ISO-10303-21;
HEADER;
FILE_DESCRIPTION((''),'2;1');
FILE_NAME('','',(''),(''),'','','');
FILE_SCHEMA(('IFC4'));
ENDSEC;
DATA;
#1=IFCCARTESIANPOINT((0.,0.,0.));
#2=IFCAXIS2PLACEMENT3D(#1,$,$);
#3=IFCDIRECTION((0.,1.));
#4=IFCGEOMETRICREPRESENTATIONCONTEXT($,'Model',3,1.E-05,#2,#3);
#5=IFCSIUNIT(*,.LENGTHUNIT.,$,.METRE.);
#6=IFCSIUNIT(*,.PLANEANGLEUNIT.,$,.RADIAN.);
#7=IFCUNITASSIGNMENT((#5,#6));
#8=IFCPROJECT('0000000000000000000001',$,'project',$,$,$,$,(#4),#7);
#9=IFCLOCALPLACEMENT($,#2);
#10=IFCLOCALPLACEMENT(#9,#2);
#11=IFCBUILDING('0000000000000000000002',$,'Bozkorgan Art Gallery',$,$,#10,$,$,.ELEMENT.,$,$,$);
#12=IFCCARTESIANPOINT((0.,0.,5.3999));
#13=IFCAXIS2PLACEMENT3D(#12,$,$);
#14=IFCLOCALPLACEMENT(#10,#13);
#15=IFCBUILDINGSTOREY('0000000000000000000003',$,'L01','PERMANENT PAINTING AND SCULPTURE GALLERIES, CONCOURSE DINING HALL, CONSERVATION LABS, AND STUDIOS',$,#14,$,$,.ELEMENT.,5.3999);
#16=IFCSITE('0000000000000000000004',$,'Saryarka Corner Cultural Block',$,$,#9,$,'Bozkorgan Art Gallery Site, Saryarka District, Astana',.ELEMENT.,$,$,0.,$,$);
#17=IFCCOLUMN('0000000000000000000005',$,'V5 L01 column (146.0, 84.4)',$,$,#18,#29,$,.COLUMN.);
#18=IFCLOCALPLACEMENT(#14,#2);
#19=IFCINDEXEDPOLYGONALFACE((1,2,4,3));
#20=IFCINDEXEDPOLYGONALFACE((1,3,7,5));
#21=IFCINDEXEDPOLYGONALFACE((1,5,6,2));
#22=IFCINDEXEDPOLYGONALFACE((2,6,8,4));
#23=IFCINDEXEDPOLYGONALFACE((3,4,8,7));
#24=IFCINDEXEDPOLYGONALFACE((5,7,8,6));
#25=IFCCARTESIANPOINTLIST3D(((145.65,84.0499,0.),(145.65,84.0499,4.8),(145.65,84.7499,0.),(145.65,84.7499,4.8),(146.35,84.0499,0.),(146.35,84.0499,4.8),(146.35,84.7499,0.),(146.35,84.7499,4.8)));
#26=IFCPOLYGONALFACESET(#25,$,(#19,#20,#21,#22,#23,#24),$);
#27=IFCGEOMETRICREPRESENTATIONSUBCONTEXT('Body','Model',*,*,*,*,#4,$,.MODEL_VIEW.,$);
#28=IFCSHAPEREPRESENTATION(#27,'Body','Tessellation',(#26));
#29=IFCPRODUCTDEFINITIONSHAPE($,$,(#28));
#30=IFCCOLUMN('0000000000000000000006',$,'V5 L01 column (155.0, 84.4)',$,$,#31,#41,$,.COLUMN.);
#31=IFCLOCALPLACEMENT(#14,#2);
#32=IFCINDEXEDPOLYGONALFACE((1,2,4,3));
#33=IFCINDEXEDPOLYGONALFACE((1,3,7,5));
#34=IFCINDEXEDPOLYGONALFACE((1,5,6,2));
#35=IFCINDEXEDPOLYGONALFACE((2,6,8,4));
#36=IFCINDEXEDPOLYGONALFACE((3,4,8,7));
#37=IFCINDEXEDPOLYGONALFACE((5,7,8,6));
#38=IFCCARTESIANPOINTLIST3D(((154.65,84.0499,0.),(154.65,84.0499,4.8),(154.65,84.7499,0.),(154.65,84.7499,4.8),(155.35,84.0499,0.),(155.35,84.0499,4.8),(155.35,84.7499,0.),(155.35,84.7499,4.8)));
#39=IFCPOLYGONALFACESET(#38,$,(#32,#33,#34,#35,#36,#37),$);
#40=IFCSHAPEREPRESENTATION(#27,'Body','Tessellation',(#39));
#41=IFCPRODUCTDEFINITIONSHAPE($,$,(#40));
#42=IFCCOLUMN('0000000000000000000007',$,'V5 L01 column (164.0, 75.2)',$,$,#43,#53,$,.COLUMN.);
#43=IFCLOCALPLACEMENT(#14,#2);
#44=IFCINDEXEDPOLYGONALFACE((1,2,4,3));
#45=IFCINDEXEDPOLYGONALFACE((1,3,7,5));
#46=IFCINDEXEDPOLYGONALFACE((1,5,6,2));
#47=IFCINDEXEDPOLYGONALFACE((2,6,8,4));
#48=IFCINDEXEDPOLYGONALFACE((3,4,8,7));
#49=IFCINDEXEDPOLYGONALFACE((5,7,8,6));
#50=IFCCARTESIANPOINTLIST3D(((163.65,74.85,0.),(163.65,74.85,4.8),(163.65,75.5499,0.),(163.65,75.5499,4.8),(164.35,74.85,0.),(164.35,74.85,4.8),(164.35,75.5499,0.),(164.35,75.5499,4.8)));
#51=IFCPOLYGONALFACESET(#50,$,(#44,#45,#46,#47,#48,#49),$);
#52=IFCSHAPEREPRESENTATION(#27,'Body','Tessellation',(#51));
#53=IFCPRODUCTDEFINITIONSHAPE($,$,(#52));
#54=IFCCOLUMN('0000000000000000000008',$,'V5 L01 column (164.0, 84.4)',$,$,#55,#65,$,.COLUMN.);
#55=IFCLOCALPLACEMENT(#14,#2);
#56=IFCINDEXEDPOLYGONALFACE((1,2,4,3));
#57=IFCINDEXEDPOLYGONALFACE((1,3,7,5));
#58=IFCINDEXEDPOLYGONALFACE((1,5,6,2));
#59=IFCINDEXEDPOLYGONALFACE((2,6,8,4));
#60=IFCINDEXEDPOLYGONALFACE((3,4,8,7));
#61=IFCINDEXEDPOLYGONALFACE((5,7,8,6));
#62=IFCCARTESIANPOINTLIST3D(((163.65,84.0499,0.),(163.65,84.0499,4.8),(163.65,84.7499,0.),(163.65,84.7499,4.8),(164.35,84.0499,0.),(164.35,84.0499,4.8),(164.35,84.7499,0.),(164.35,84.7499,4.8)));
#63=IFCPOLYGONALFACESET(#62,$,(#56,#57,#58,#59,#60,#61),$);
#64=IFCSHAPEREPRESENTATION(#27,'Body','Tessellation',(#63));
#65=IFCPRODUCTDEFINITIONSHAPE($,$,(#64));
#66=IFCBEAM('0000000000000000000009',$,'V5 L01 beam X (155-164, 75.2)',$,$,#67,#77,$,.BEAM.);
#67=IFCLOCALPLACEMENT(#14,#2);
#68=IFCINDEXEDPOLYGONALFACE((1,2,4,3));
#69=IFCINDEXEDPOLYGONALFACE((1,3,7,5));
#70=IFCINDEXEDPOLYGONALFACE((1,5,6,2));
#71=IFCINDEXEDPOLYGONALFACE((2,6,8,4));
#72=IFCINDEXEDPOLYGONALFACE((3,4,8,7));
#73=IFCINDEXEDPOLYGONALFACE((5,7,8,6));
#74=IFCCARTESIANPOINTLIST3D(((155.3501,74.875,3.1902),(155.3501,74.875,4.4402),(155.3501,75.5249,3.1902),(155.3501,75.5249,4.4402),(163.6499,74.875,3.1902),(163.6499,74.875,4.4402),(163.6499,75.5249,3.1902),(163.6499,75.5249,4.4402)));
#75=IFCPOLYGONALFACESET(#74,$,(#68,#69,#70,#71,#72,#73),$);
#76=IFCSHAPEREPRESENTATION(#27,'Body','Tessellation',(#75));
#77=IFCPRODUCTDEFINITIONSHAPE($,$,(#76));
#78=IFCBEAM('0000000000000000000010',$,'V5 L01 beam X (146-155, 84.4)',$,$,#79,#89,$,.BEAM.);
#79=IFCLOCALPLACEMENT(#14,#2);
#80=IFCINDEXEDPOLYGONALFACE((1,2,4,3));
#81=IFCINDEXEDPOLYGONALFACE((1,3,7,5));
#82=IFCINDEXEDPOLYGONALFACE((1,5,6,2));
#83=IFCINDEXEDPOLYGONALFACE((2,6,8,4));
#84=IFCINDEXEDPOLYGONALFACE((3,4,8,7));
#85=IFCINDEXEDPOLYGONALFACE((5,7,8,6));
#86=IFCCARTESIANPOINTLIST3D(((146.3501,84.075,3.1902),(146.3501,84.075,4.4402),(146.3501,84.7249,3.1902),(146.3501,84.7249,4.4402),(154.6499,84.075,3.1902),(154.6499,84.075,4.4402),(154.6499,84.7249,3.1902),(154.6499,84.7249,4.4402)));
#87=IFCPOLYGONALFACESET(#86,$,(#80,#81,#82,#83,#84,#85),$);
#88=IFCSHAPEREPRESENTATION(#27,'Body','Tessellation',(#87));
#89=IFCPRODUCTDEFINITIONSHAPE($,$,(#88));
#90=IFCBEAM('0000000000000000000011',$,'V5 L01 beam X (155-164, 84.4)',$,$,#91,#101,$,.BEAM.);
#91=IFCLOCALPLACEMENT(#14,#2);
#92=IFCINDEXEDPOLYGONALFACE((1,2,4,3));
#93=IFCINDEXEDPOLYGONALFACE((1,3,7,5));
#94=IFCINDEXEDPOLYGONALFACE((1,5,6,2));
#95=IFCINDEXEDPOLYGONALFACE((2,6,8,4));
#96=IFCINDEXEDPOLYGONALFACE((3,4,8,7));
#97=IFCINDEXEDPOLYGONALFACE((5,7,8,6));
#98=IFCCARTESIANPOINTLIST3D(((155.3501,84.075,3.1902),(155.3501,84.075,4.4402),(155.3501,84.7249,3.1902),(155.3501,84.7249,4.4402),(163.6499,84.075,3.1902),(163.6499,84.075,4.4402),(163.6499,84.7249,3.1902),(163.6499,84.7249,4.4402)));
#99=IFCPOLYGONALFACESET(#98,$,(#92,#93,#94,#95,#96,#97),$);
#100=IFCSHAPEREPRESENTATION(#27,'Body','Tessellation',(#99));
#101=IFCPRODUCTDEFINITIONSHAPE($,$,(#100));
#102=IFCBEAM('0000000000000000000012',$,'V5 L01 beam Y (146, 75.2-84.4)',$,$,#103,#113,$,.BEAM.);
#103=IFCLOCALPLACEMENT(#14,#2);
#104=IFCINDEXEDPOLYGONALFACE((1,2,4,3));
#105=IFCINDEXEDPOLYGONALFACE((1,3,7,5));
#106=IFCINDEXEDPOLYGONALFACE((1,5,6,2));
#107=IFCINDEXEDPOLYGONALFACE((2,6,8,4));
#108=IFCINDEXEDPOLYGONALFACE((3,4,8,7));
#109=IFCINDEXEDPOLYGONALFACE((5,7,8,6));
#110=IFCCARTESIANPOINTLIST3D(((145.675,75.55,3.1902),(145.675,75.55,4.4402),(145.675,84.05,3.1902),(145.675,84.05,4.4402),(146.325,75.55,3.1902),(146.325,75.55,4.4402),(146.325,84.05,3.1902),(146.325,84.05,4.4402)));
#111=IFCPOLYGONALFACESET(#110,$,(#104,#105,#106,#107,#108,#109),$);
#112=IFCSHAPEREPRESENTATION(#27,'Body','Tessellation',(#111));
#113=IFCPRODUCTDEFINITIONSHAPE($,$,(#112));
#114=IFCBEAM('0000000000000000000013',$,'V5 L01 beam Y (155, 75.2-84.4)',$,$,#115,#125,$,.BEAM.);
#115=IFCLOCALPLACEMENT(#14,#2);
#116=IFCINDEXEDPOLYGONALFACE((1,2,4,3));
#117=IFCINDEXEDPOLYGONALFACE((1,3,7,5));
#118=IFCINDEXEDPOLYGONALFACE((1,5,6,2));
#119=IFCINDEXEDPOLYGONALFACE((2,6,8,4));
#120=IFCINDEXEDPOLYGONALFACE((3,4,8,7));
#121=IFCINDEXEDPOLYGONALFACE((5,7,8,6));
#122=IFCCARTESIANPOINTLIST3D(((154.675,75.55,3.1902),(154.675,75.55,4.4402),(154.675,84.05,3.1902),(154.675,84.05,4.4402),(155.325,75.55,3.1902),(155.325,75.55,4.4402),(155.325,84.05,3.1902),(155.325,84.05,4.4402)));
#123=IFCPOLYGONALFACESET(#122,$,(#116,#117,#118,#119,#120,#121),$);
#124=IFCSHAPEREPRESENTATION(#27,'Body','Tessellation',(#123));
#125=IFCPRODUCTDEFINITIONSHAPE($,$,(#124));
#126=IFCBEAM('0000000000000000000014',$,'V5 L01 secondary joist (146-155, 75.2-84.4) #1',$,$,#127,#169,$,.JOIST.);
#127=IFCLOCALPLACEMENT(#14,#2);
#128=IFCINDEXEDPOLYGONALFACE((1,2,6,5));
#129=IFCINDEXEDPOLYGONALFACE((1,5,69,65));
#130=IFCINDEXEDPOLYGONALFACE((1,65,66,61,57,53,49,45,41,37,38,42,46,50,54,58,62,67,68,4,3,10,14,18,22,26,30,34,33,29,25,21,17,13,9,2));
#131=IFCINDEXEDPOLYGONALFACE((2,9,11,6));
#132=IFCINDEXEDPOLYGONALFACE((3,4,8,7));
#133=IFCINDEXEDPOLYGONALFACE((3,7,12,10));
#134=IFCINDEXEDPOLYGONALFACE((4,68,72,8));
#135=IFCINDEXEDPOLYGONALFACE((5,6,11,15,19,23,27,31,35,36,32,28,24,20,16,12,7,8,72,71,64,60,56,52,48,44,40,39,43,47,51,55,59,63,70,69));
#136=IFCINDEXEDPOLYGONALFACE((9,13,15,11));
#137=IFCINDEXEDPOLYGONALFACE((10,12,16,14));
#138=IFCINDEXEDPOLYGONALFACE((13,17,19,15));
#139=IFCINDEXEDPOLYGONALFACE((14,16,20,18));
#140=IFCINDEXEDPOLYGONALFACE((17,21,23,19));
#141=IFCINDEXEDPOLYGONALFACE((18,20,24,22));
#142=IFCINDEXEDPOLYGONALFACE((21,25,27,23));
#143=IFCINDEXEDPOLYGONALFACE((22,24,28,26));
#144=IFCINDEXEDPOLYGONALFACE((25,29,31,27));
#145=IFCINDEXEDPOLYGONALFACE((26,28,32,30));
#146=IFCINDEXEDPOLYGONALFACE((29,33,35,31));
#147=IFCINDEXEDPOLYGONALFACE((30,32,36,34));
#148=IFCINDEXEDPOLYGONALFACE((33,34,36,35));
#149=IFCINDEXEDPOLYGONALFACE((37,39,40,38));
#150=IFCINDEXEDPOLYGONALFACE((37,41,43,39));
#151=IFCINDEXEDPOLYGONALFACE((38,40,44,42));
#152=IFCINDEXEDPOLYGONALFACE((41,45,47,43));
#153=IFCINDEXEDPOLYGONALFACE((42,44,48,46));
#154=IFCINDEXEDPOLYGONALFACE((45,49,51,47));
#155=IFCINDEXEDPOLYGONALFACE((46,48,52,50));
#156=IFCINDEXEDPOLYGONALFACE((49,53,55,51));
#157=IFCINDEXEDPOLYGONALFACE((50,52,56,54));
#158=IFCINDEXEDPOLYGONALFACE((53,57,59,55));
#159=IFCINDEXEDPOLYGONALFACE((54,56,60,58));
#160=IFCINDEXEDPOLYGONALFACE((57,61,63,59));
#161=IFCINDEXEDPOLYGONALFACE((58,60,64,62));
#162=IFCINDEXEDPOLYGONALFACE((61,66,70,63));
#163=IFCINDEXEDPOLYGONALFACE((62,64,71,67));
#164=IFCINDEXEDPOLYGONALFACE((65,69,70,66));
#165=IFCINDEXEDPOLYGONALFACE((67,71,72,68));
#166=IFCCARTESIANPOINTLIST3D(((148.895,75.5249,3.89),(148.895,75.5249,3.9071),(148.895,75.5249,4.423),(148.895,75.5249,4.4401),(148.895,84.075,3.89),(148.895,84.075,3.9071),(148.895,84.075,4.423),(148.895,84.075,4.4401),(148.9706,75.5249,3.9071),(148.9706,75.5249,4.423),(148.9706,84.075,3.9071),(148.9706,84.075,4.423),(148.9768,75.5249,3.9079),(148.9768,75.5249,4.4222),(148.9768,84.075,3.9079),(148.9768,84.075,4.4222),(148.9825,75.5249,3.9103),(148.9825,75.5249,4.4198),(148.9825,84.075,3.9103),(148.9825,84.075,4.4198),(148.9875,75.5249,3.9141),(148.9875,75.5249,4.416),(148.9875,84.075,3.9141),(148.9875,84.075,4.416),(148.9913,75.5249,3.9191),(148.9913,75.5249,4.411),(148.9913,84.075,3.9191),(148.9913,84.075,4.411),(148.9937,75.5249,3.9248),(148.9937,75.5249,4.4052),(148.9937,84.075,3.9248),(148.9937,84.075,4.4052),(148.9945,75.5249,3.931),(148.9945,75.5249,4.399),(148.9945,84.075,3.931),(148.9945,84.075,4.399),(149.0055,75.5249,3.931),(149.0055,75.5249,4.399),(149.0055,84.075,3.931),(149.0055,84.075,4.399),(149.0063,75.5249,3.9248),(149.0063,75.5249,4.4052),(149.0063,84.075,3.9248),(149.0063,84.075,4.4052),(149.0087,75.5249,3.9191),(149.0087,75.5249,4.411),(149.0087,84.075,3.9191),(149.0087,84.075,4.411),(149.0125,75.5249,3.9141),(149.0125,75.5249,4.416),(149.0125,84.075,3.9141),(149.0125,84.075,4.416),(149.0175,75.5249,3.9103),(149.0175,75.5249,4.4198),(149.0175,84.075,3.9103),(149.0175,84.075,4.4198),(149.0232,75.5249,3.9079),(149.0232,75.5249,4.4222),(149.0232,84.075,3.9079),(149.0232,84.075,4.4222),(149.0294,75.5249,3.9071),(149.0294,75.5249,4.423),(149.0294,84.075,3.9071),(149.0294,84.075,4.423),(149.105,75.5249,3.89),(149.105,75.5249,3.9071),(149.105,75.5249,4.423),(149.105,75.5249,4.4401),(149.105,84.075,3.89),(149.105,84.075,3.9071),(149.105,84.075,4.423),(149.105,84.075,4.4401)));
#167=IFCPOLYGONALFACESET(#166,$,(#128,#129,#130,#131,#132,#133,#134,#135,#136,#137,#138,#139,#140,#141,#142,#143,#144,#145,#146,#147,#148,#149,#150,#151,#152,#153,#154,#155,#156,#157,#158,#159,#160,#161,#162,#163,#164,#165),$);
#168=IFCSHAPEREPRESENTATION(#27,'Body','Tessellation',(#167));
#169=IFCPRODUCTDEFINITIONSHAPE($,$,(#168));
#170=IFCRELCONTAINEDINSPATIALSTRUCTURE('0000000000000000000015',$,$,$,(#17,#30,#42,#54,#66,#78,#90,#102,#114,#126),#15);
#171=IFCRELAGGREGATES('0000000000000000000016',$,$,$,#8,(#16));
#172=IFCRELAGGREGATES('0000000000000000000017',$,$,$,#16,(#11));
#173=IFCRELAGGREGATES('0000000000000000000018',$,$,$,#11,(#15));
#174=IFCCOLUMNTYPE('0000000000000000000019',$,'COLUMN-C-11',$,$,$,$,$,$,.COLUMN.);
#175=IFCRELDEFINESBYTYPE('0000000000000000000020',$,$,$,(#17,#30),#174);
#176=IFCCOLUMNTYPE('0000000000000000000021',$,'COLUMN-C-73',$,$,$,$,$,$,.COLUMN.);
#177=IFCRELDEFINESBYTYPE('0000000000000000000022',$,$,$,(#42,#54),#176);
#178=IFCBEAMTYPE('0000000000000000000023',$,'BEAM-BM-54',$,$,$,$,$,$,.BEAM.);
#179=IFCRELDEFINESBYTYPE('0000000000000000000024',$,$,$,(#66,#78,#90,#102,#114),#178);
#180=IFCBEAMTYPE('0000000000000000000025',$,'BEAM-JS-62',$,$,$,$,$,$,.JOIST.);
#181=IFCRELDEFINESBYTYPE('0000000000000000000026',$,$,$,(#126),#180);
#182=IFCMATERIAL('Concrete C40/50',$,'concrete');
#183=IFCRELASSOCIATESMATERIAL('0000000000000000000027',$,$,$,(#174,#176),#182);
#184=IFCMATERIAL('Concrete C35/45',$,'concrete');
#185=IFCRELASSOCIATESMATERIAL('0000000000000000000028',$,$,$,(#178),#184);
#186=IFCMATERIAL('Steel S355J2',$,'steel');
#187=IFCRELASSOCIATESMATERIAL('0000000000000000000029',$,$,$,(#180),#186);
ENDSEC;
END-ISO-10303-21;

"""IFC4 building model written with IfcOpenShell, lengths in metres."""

from ifc_helpers import new_model, si_unit, direction, frame, origin, origin_2d, place, context, subcontext, project, spatial, rectangle, i_section, extrude, material, material_profile, profile_set, type_object, element, save


model = new_model("IFC4")

# Units and contexts
model_context = context("Model", 3, precision=1e-05, world=origin(), true_north=direction((0.0, 1.0)))
body_context = subcontext(model_context, "Body", "Model", "MODEL_VIEW")
ifc_project = project(units=[si_unit("LENGTHUNIT", "METRE"), si_unit("PLANEANGLEUNIT", "RADIAN")], contexts=[model_context])

# Site, building, storey
site_placement = place(None, origin())
site = spatial("IfcSite", under=ifc_project, at=site_placement, Name="Saryarka Corner Cultural Block", LongName="Bozkorgan Art Gallery Site, Saryarka District, Astana", CompositionType="ELEMENT", RefElevation=0.0)
building_placement = place(site_placement, origin())
building = spatial("IfcBuilding", under=site, at=building_placement, Name="Bozkorgan Art Gallery", CompositionType="ELEMENT")
storey_placement = place(building_placement, frame((0.0, 0.0, 5.3999)))
storey = spatial("IfcBuildingStorey", under=building, at=storey_placement, Name="L01", Description="PERMANENT PAINTING AND SCULPTURE GALLERIES, CONCOURSE DINING HALL, CONSERVATION LABS, AND STUDIOS", CompositionType="ELEMENT", Elevation=5.3999)

# Columns
ifc_material_1 = material(Name="Concrete C40/50", Category="concrete")
ifc_material_profile_1 = material_profile(ifc_material_1, rectangle(XDim=0.7, YDim=0.7, at=origin_2d()), Name="RC 700x700")
ifc_profile_set_1 = profile_set([ifc_material_profile_1], Name="Concrete C40/50")
column_type_1 = type_object("IfcColumnType", Name="COLUMN-C-11", PredefinedType="COLUMN", material=ifc_profile_set_1)
for number, where, z_axis, x_axis, name in (
    (1, (146.0, 84.3999, 0.0), (0.0, 0.0, 1.0), (1.0, 0.0, 0.0), "V5 L01 column (146.0, 84.4)"),
    (2, (155.0, 84.3999, 0.0), (0.0, 0.0, 1.0), (1.0, 0.0, 0.0), "V5 L01 column (155.0, 84.4)"),
):
    element("IfcColumn", number, at=place(storey_placement, frame(where, z_axis=z_axis, x_axis=x_axis)), inside=storey, type_object=column_type_1, Name=name, PredefinedType="COLUMN", context=body_context, shape_type="SweptSolid", body=[
        extrude(rectangle(XDim=0.7, YDim=0.7, at=origin_2d()), origin(), (0.0, 0.0, 1.0), 4.8),
    ])
ifc_material_profile_2 = material_profile(ifc_material_1, rectangle(XDim=0.7, YDim=0.7, at=origin_2d()), Name="RC 700x700")
ifc_profile_set_2 = profile_set([ifc_material_profile_2], Name="Concrete C40/50")
column_type_2 = type_object("IfcColumnType", Name="COLUMN-C-73", PredefinedType="COLUMN", material=ifc_profile_set_2)
for number, where, z_axis, x_axis, name in (
    (3, (164.0, 75.2, 0.0), (0.0, 0.0, 1.0), (1.0, 0.0, 0.0), "V5 L01 column (164.0, 75.2)"),
    (4, (164.0, 84.3999, 0.0), (0.0, 0.0, 1.0), (1.0, 0.0, 0.0), "V5 L01 column (164.0, 84.4)"),
):
    element("IfcColumn", number, at=place(storey_placement, frame(where, z_axis=z_axis, x_axis=x_axis)), inside=storey, type_object=column_type_2, Name=name, PredefinedType="COLUMN", context=body_context, shape_type="SweptSolid", body=[
        extrude(rectangle(XDim=0.7, YDim=0.7, at=origin_2d()), origin(), (0.0, 0.0, 1.0), 4.8),
    ])

# Beams
ifc_material_2 = material(Name="Concrete C35/45", Category="concrete")
ifc_material_profile_3 = material_profile(ifc_material_2, rectangle(XDim=0.6499, YDim=1.25, at=origin_2d()), Name="RC 650x1250")
ifc_profile_set_3 = profile_set([ifc_material_profile_3], Name="Concrete C35/45")
beam_type_1 = type_object("IfcBeamType", Name="BEAM-BM-54", PredefinedType="BEAM", material=ifc_profile_set_3)
for number, where, z_axis, x_axis, name in (
    (5, (155.3501, 75.2, 3.8152), (1.0, 0.0, 0.0), (0.0, 1.0, 0.0), "V5 L01 beam X (155-164, 75.2)"),
    (6, (146.3501, 84.3999, 3.8152), (1.0, 0.0, 0.0), (0.0, 1.0, 0.0), "V5 L01 beam X (146-155, 84.4)"),
    (7, (155.3501, 84.3999, 3.8152), (1.0, 0.0, 0.0), (0.0, 1.0, 0.0), "V5 L01 beam X (155-164, 84.4)"),
):
    element("IfcBeam", number, at=place(storey_placement, frame(where, z_axis=z_axis, x_axis=x_axis)), inside=storey, type_object=beam_type_1, Name=name, PredefinedType="BEAM", context=body_context, shape_type="SweptSolid", body=[
        extrude(rectangle(XDim=0.6499, YDim=1.25, at=origin_2d()), origin(), (0.0, 0.0, 1.0), 8.2998),
    ])
for number, where, z_axis, x_axis, name in (
    (8, (146.0, 75.55, 3.8152), (0.0, 1.0, 0.0), (-1.0, 0.0, 0.0), "V5 L01 beam Y (146, 75.2-84.4)"),
    (9, (155.0, 75.55, 3.8152), (0.0, 1.0, 0.0), (-1.0, 0.0, 0.0), "V5 L01 beam Y (155, 75.2-84.4)"),
):
    element("IfcBeam", number, at=place(storey_placement, frame(where, z_axis=z_axis, x_axis=x_axis)), inside=storey, type_object=beam_type_1, Name=name, PredefinedType="BEAM", context=body_context, shape_type="SweptSolid", body=[
        extrude(rectangle(XDim=0.6499, YDim=1.25, at=origin_2d()), origin(), (0.0, 0.0, 1.0), 8.5),
    ])
ifc_material_3 = material(Name="Steel S355J2", Category="steel")
ifc_material_profile_4 = material_profile(ifc_material_3, i_section(OverallWidth=0.21, OverallDepth=0.55, WebThickness=0.011, FlangeThickness=0.0171, FilletRadius=0.0239, at=origin_2d()), Name="IPE 550")
ifc_profile_set_4 = profile_set([ifc_material_profile_4], Name="Steel S355J2")
beam_type_2 = type_object("IfcBeamType", Name="BEAM-JS-62", PredefinedType="JOIST", material=ifc_profile_set_4)
for number, where, z_axis, x_axis, name in (
    (10, (149.0, 75.5249, 4.165), (0.0, 1.0, 0.0), (-1.0, 0.0, 0.0), "V5 L01 secondary joist (146-155, 75.2-84.4) #1"),
):
    element("IfcBeam", number, at=place(storey_placement, frame(where, z_axis=z_axis, x_axis=x_axis)), inside=storey, type_object=beam_type_2, Name=name, PredefinedType="JOIST", context=body_context, shape_type="SweptSolid", body=[
        extrude(i_section(OverallWidth=0.21, OverallDepth=0.55, WebThickness=0.011, FlangeThickness=0.0171, FilletRadius=0.0239, at=origin_2d()), origin(), (0.0, 0.0, 1.0), 8.55),
    ])

save(model, "model.ifc")
